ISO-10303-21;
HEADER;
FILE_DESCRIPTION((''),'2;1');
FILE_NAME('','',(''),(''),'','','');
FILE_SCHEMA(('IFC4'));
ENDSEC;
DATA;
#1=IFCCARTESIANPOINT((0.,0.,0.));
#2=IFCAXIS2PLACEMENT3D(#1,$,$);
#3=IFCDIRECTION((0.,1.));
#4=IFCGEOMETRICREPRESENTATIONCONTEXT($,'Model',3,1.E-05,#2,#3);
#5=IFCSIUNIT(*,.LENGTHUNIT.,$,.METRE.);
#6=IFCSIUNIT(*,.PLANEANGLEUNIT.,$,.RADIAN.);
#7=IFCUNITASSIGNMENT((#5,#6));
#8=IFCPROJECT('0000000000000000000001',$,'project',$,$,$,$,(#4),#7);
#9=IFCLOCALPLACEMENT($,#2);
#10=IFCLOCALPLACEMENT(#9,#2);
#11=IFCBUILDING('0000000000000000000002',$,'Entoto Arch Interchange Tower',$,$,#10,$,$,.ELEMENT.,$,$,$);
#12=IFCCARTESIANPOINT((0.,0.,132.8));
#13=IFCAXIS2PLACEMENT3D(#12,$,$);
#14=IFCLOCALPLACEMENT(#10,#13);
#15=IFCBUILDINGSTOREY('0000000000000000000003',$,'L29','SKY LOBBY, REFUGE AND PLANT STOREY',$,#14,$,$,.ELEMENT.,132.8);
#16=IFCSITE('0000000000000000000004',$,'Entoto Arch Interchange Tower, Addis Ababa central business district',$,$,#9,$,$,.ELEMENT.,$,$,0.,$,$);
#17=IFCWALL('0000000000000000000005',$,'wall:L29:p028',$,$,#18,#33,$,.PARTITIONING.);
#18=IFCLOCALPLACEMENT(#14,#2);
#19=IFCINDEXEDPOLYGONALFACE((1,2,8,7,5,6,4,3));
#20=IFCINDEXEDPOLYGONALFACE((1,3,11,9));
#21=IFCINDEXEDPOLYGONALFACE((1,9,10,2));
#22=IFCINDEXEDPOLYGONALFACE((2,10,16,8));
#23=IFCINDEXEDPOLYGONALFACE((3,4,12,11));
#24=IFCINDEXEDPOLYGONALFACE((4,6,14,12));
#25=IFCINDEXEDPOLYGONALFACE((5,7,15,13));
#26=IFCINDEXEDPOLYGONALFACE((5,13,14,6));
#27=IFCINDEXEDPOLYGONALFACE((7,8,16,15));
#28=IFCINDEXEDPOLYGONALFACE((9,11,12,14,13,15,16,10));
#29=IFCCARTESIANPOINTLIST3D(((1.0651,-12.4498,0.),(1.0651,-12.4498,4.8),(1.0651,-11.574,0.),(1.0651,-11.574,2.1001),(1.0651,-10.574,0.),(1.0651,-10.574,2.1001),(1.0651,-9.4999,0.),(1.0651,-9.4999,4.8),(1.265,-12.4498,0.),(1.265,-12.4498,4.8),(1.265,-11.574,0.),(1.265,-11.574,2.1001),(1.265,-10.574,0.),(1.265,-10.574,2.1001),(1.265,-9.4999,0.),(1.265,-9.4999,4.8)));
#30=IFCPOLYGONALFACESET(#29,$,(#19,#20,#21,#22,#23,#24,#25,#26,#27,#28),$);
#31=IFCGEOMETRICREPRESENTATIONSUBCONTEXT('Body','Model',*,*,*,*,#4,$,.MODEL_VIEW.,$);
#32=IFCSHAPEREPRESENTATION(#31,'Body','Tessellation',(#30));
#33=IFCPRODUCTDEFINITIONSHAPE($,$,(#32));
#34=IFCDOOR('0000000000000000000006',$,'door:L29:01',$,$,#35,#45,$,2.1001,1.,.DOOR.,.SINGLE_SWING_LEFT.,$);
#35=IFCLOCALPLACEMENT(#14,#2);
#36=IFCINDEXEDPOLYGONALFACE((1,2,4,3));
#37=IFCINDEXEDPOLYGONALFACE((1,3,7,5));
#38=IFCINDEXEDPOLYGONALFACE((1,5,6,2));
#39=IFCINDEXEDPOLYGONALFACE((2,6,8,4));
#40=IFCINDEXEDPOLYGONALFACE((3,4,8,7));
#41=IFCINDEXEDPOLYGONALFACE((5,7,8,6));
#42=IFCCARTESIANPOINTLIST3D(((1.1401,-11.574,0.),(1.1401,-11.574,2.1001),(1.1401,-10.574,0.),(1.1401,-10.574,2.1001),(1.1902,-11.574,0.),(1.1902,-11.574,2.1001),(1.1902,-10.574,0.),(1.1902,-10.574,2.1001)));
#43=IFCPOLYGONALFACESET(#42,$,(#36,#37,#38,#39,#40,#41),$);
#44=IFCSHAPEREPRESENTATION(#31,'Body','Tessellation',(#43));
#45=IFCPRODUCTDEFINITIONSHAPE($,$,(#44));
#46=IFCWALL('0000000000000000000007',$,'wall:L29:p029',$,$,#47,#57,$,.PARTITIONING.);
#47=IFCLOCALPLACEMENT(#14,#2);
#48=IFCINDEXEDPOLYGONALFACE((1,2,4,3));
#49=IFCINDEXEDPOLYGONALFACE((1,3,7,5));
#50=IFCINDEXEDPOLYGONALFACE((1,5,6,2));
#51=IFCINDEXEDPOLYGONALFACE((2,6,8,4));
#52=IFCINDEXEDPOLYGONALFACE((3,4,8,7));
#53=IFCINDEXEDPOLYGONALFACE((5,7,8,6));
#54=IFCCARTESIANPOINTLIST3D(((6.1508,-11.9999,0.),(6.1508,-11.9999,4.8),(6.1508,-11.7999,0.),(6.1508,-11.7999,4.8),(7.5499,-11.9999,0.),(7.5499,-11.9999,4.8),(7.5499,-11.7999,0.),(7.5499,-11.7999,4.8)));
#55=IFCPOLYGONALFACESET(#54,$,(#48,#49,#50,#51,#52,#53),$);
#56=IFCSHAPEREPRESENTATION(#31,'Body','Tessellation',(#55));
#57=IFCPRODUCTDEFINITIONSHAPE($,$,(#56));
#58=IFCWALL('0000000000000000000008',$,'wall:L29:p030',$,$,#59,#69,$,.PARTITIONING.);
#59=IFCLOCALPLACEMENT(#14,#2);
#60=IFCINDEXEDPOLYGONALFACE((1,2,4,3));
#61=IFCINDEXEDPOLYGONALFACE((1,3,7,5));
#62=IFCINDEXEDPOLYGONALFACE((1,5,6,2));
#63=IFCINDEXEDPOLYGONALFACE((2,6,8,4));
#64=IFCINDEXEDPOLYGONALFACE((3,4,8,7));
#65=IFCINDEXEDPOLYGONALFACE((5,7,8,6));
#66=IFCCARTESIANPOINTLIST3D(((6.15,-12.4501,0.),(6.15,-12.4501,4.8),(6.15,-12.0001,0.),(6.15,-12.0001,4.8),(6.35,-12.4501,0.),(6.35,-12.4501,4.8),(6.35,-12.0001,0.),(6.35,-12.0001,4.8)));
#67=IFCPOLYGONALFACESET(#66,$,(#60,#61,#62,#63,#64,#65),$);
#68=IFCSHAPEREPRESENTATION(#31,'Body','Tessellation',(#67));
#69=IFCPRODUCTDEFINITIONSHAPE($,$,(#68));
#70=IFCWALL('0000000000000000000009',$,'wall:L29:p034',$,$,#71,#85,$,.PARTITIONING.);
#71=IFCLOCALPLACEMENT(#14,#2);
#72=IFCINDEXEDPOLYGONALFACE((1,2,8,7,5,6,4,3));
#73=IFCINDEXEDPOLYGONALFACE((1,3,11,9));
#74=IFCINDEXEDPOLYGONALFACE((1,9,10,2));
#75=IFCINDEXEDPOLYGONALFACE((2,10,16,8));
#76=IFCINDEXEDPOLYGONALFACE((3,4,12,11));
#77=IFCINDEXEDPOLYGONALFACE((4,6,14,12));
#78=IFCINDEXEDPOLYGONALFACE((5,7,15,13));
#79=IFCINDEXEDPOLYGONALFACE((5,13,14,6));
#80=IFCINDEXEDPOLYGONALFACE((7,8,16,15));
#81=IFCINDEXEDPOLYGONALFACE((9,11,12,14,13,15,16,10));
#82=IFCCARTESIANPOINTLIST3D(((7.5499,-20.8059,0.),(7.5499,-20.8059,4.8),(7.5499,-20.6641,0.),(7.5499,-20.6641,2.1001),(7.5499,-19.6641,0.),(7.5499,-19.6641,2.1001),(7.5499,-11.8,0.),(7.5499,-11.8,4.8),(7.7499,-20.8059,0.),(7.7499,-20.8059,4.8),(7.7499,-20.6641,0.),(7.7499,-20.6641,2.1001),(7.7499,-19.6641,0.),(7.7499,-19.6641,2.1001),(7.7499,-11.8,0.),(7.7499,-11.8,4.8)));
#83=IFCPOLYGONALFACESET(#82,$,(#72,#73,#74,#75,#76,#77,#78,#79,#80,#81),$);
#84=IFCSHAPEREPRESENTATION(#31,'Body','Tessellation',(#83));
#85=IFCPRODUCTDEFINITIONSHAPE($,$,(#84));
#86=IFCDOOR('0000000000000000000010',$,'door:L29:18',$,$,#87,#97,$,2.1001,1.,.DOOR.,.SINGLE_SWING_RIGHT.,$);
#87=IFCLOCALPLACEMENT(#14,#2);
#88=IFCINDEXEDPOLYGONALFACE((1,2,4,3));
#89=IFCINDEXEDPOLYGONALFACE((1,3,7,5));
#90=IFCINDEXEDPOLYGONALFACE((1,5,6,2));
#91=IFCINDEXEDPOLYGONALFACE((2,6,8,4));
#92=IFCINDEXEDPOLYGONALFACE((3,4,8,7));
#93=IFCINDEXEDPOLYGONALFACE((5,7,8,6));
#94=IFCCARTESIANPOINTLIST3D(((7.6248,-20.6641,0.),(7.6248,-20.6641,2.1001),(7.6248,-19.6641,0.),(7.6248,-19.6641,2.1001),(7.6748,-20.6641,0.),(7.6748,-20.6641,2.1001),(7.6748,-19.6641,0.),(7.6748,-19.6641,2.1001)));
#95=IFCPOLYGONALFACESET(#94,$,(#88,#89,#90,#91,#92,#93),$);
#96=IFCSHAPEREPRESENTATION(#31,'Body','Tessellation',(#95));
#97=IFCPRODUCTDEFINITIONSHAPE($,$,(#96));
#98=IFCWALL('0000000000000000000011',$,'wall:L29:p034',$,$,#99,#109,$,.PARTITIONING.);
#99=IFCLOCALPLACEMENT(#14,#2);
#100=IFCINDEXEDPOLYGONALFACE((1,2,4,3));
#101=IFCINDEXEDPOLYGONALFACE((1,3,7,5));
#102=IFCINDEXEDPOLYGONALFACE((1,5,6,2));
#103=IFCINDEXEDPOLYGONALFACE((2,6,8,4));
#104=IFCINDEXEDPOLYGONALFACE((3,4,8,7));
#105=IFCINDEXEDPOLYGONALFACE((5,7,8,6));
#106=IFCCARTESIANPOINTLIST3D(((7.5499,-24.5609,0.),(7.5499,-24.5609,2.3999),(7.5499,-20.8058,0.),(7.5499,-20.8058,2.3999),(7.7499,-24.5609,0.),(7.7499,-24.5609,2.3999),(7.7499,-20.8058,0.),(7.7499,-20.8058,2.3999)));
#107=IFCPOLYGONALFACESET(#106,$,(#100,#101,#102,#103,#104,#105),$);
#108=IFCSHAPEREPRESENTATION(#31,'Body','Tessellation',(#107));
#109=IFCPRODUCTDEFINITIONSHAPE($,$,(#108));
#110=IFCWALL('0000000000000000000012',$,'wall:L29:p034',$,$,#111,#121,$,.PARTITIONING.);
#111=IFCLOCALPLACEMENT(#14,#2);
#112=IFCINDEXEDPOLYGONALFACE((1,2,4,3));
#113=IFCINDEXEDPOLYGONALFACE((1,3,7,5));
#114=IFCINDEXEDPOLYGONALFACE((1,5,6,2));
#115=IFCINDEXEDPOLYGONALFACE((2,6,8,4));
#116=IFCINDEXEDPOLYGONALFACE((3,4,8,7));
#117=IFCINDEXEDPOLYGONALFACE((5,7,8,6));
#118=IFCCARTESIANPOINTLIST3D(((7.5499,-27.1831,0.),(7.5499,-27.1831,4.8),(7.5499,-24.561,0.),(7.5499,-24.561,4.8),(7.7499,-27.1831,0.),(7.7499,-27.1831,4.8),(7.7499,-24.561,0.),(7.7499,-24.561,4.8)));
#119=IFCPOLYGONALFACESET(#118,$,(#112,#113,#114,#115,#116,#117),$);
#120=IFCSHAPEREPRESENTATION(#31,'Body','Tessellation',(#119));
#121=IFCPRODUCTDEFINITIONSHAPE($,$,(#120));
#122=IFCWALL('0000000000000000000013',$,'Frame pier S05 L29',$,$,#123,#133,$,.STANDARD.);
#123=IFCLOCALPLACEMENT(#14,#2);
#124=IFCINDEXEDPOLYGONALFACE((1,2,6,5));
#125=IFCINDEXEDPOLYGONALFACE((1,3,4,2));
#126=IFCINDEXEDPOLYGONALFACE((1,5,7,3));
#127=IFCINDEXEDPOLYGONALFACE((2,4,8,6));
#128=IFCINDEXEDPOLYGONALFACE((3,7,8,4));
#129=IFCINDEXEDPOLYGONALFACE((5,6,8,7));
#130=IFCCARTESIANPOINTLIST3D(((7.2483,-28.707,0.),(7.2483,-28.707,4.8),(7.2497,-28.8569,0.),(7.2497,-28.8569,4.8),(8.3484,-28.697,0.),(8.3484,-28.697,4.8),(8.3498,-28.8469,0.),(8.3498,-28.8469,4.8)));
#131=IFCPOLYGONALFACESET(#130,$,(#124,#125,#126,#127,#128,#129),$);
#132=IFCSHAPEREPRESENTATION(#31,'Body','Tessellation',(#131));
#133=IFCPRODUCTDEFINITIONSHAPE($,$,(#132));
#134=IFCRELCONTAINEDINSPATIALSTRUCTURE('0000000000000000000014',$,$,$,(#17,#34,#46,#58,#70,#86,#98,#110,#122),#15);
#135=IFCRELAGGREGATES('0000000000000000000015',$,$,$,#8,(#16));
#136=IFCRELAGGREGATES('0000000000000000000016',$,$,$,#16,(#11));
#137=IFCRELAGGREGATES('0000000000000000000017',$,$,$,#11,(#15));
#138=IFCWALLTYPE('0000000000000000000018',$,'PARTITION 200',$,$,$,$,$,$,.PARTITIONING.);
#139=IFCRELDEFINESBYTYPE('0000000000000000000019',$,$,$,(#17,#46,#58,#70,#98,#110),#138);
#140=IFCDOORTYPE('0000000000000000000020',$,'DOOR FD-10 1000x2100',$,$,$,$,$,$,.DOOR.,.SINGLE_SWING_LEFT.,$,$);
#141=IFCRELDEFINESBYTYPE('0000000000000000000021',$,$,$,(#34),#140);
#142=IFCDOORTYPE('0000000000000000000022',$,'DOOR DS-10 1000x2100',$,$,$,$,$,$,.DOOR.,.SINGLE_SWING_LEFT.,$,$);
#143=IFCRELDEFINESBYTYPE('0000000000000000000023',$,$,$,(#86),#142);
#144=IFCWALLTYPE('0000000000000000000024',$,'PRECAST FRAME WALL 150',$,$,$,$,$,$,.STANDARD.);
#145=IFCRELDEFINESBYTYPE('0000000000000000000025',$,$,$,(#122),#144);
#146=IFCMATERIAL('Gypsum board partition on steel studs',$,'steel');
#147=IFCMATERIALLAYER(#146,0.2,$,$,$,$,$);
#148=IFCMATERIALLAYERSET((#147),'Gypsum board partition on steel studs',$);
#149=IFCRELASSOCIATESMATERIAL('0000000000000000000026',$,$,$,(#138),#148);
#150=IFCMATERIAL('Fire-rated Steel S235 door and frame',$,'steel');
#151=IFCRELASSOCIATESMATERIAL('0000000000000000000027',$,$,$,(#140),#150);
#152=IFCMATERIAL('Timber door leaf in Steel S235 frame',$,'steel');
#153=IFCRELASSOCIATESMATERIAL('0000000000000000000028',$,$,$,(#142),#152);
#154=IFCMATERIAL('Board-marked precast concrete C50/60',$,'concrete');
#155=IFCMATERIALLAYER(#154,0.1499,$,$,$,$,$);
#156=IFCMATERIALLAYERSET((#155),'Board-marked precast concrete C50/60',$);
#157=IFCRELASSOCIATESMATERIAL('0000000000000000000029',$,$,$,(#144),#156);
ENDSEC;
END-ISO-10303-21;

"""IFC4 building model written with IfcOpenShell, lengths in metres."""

from ifc_helpers import new_model, si_unit, direction, frame, frame_2d, origin, place, context, subcontext, project, spatial, rectangle, extrude, material, layer, layer_set, type_object, element, fill, save


model = new_model("IFC4")

# Units and contexts
model_context = context("Model", 3, precision=1e-05, world=origin(), true_north=direction((0.0, 1.0)))
body_context = subcontext(model_context, "Body", "Model", "MODEL_VIEW")
ifc_project = project(units=[si_unit("LENGTHUNIT", "METRE"), si_unit("PLANEANGLEUNIT", "RADIAN")], contexts=[model_context])

# Site, building, storey
site_placement = place(None, origin())
site = spatial("IfcSite", under=ifc_project, at=site_placement, Name="Entoto Arch Interchange Tower, Addis Ababa central business district", CompositionType="ELEMENT", RefElevation=0.0)
building_placement = place(site_placement, origin())
building = spatial("IfcBuilding", under=site, at=building_placement, Name="Entoto Arch Interchange Tower", CompositionType="ELEMENT")
storey_placement = place(building_placement, frame((0.0, 0.0, 132.8)))
storey = spatial("IfcBuildingStorey", under=building, at=storey_placement, Name="L29", Description="SKY LOBBY, REFUGE AND PLANT STOREY", CompositionType="ELEMENT", Elevation=132.8)

# Wall, opening, door
ifc_material_1 = material(Name="Gypsum board partition on steel studs", Category="steel")
ifc_layer_1 = layer(ifc_material_1, 0.2)
ifc_layer_set_1 = layer_set([ifc_layer_1], Name="Gypsum board partition on steel studs")
wall_type_1 = type_object("IfcWallType", Name="PARTITION 200", PredefinedType="PARTITIONING", material=ifc_layer_set_1)
wall_1_placement = place(storey_placement, frame((1.165, -12.45, 0.0), z_axis=(0.0, 0.0, 1.0), x_axis=(0.0, 1.0, 0.0)))
wall_1 = element("IfcWall", 1, at=wall_1_placement, inside=storey, type_object=wall_type_1, Name="wall:L29:p028", PredefinedType="PARTITIONING", context=body_context, shape_type="SweptSolid", body=[
    extrude(rectangle(XDim=2.95, YDim=0.2, at=frame_2d((1.4751, 0.0))), origin(), (0.0, 0.0, 1.0), 4.8),
])
opening_1_placement = place(wall_1_placement, frame((0.876, 0.0, 0.0)))
opening_1 = element("IfcOpeningElement", 2, at=opening_1_placement, cuts=wall_1, PredefinedType="OPENING", context=body_context, shape_type="SweptSolid", body=[
    extrude(rectangle(XDim=1.0, YDim=2.1001, at=frame_2d((0.5, 1.05))), frame((0.0, 0.1099, 0.0), z_axis=(0.0, -1.0, 0.0), x_axis=(1.0, 0.0, 0.0)), (0.0, 0.0, 1.0), 0.22),
])
ifc_material_2 = material(Name="Fire-rated Steel S235 door and frame", Category="steel")
door_type_1 = type_object("IfcDoorType", Name="DOOR FD-10 1000x2100", OperationType="SINGLE_SWING_LEFT", PredefinedType="DOOR", material=ifc_material_2)
door_1_placement = place(opening_1_placement, origin())
door_1 = element("IfcDoor", 3, at=door_1_placement, inside=storey, type_object=door_type_1, Name="door:L29:01", OperationType="SINGLE_SWING_LEFT", OverallHeight=2.1001, OverallWidth=1.0, PredefinedType="DOOR", context=body_context, shape_type="SweptSolid", body=[
    extrude(rectangle(XDim=1.0, YDim=2.1001, at=frame_2d((0.5, 1.05))), frame((0.0, 0.0249, 0.0), z_axis=(0.0, -1.0, 0.0), x_axis=(1.0, 0.0, 0.0)), (0.0, 0.0, 1.0), 0.05),
])
fill(opening_1, door_1)

# Walls
wall_2_placement = place(storey_placement, frame((7.55, -11.8999, 0.0), z_axis=(0.0, 0.0, 1.0), x_axis=(-1.0, 0.0, 0.0)))
element("IfcWall", 4, at=wall_2_placement, inside=storey, type_object=wall_type_1, Name="wall:L29:p029", PredefinedType="PARTITIONING", context=body_context, shape_type="SweptSolid", body=[
    extrude(rectangle(XDim=1.3992, YDim=0.2, at=frame_2d((0.6997, 0.0))), origin(), (0.0, 0.0, 1.0), 4.8),
])
wall_3_placement = place(storey_placement, frame((6.25, -12.0, 0.0), z_axis=(0.0, 0.0, 1.0), x_axis=(0.0, -1.0, 0.0)))
element("IfcWall", 5, at=wall_3_placement, inside=storey, type_object=wall_type_1, Name="wall:L29:p030", PredefinedType="PARTITIONING", context=body_context, shape_type="SweptSolid", body=[
    extrude(rectangle(XDim=0.45, YDim=0.2, at=frame_2d((0.2251, 0.0))), origin(), (0.0, 0.0, 1.0), 4.8),
])

# Wall, opening, door
wall_4_placement = place(storey_placement, frame((7.6499, -11.8, 0.0), z_axis=(0.0, 0.0, 1.0), x_axis=(0.0, -1.0, 0.0)))
wall_4 = element("IfcWall", 6, at=wall_4_placement, inside=storey, type_object=wall_type_1, Name="wall:L29:p034", PredefinedType="PARTITIONING", context=body_context, shape_type="SweptSolid", body=[
    extrude(rectangle(XDim=9.0059, YDim=0.2, at=frame_2d((4.5029, 0.0))), origin(), (0.0, 0.0, 1.0), 4.8),
])
opening_2_placement = place(wall_4_placement, frame((7.864, 0.0, 0.0)))
opening_2 = element("IfcOpeningElement", 7, at=opening_2_placement, cuts=wall_4, PredefinedType="OPENING", context=body_context, shape_type="SweptSolid", body=[
    extrude(rectangle(XDim=1.0, YDim=2.1001, at=frame_2d((0.5, 1.05))), frame((0.0, 0.1099, 0.0), z_axis=(0.0, -1.0, 0.0), x_axis=(1.0, 0.0, 0.0)), (0.0, 0.0, 1.0), 0.22),
])
ifc_material_3 = material(Name="Timber door leaf in Steel S235 frame", Category="steel")
door_type_2 = type_object("IfcDoorType", Name="DOOR DS-10 1000x2100", OperationType="SINGLE_SWING_LEFT", PredefinedType="DOOR", material=ifc_material_3)
door_2_placement = place(opening_2_placement, origin())
door_2 = element("IfcDoor", 8, at=door_2_placement, inside=storey, type_object=door_type_2, Name="door:L29:18", OperationType="SINGLE_SWING_RIGHT", OverallHeight=2.1001, OverallWidth=1.0, PredefinedType="DOOR", context=body_context, shape_type="SweptSolid", body=[
    extrude(rectangle(XDim=1.0, YDim=2.1001, at=frame_2d((0.5, 1.05))), frame((0.0, 0.0249, 0.0), z_axis=(0.0, -1.0, 0.0), x_axis=(1.0, 0.0, 0.0)), (0.0, 0.0, 1.0), 0.05),
])
fill(opening_2, door_2)

# Walls
wall_5_placement = place(storey_placement, frame((7.6499, -20.8059, 0.0), z_axis=(0.0, 0.0, 1.0), x_axis=(0.0, -1.0, 0.0)))
element("IfcWall", 9, at=wall_5_placement, inside=storey, type_object=wall_type_1, Name="wall:L29:p034", PredefinedType="PARTITIONING", context=body_context, shape_type="SweptSolid", body=[
    extrude(rectangle(XDim=3.7551, YDim=0.2, at=frame_2d((1.8774, 0.0))), origin(), (0.0, 0.0, 1.0), 2.3999),
])
wall_6_placement = place(storey_placement, frame((7.6499, -24.561, 0.0), z_axis=(0.0, 0.0, 1.0), x_axis=(0.0, -1.0, 0.0)))
element("IfcWall", 10, at=wall_6_placement, inside=storey, type_object=wall_type_1, Name="wall:L29:p034", PredefinedType="PARTITIONING", context=body_context, shape_type="SweptSolid", body=[
    extrude(rectangle(XDim=2.6221, YDim=0.2, at=frame_2d((1.311, 0.0))), origin(), (0.0, 0.0, 1.0), 4.8),
])
ifc_material_4 = material(Name="Board-marked precast concrete C50/60", Category="concrete")
ifc_layer_2 = layer(ifc_material_4, 0.1499)
ifc_layer_set_2 = layer_set([ifc_layer_2], Name="Board-marked precast concrete C50/60")
wall_type_2 = type_object("IfcWallType", Name="PRECAST FRAME WALL 150", PredefinedType="STANDARD", material=ifc_layer_set_2)
wall_7_placement = place(storey_placement, frame((7.249, -28.782, 0.0), z_axis=(0.0, 0.0, 1.0), x_axis=(0.999959, 0.009099, 0.0)))
element("IfcWall", 11, at=wall_7_placement, inside=storey, type_object=wall_type_2, Name="Frame pier S05 L29", PredefinedType="STANDARD", context=body_context, shape_type="SweptSolid", body=[
    extrude(rectangle(XDim=1.1001, YDim=0.1499, at=frame_2d((0.55, 0.0))), origin(), (0.0, 0.0, 1.0), 4.8),
])

save(model, "model.ifc")
